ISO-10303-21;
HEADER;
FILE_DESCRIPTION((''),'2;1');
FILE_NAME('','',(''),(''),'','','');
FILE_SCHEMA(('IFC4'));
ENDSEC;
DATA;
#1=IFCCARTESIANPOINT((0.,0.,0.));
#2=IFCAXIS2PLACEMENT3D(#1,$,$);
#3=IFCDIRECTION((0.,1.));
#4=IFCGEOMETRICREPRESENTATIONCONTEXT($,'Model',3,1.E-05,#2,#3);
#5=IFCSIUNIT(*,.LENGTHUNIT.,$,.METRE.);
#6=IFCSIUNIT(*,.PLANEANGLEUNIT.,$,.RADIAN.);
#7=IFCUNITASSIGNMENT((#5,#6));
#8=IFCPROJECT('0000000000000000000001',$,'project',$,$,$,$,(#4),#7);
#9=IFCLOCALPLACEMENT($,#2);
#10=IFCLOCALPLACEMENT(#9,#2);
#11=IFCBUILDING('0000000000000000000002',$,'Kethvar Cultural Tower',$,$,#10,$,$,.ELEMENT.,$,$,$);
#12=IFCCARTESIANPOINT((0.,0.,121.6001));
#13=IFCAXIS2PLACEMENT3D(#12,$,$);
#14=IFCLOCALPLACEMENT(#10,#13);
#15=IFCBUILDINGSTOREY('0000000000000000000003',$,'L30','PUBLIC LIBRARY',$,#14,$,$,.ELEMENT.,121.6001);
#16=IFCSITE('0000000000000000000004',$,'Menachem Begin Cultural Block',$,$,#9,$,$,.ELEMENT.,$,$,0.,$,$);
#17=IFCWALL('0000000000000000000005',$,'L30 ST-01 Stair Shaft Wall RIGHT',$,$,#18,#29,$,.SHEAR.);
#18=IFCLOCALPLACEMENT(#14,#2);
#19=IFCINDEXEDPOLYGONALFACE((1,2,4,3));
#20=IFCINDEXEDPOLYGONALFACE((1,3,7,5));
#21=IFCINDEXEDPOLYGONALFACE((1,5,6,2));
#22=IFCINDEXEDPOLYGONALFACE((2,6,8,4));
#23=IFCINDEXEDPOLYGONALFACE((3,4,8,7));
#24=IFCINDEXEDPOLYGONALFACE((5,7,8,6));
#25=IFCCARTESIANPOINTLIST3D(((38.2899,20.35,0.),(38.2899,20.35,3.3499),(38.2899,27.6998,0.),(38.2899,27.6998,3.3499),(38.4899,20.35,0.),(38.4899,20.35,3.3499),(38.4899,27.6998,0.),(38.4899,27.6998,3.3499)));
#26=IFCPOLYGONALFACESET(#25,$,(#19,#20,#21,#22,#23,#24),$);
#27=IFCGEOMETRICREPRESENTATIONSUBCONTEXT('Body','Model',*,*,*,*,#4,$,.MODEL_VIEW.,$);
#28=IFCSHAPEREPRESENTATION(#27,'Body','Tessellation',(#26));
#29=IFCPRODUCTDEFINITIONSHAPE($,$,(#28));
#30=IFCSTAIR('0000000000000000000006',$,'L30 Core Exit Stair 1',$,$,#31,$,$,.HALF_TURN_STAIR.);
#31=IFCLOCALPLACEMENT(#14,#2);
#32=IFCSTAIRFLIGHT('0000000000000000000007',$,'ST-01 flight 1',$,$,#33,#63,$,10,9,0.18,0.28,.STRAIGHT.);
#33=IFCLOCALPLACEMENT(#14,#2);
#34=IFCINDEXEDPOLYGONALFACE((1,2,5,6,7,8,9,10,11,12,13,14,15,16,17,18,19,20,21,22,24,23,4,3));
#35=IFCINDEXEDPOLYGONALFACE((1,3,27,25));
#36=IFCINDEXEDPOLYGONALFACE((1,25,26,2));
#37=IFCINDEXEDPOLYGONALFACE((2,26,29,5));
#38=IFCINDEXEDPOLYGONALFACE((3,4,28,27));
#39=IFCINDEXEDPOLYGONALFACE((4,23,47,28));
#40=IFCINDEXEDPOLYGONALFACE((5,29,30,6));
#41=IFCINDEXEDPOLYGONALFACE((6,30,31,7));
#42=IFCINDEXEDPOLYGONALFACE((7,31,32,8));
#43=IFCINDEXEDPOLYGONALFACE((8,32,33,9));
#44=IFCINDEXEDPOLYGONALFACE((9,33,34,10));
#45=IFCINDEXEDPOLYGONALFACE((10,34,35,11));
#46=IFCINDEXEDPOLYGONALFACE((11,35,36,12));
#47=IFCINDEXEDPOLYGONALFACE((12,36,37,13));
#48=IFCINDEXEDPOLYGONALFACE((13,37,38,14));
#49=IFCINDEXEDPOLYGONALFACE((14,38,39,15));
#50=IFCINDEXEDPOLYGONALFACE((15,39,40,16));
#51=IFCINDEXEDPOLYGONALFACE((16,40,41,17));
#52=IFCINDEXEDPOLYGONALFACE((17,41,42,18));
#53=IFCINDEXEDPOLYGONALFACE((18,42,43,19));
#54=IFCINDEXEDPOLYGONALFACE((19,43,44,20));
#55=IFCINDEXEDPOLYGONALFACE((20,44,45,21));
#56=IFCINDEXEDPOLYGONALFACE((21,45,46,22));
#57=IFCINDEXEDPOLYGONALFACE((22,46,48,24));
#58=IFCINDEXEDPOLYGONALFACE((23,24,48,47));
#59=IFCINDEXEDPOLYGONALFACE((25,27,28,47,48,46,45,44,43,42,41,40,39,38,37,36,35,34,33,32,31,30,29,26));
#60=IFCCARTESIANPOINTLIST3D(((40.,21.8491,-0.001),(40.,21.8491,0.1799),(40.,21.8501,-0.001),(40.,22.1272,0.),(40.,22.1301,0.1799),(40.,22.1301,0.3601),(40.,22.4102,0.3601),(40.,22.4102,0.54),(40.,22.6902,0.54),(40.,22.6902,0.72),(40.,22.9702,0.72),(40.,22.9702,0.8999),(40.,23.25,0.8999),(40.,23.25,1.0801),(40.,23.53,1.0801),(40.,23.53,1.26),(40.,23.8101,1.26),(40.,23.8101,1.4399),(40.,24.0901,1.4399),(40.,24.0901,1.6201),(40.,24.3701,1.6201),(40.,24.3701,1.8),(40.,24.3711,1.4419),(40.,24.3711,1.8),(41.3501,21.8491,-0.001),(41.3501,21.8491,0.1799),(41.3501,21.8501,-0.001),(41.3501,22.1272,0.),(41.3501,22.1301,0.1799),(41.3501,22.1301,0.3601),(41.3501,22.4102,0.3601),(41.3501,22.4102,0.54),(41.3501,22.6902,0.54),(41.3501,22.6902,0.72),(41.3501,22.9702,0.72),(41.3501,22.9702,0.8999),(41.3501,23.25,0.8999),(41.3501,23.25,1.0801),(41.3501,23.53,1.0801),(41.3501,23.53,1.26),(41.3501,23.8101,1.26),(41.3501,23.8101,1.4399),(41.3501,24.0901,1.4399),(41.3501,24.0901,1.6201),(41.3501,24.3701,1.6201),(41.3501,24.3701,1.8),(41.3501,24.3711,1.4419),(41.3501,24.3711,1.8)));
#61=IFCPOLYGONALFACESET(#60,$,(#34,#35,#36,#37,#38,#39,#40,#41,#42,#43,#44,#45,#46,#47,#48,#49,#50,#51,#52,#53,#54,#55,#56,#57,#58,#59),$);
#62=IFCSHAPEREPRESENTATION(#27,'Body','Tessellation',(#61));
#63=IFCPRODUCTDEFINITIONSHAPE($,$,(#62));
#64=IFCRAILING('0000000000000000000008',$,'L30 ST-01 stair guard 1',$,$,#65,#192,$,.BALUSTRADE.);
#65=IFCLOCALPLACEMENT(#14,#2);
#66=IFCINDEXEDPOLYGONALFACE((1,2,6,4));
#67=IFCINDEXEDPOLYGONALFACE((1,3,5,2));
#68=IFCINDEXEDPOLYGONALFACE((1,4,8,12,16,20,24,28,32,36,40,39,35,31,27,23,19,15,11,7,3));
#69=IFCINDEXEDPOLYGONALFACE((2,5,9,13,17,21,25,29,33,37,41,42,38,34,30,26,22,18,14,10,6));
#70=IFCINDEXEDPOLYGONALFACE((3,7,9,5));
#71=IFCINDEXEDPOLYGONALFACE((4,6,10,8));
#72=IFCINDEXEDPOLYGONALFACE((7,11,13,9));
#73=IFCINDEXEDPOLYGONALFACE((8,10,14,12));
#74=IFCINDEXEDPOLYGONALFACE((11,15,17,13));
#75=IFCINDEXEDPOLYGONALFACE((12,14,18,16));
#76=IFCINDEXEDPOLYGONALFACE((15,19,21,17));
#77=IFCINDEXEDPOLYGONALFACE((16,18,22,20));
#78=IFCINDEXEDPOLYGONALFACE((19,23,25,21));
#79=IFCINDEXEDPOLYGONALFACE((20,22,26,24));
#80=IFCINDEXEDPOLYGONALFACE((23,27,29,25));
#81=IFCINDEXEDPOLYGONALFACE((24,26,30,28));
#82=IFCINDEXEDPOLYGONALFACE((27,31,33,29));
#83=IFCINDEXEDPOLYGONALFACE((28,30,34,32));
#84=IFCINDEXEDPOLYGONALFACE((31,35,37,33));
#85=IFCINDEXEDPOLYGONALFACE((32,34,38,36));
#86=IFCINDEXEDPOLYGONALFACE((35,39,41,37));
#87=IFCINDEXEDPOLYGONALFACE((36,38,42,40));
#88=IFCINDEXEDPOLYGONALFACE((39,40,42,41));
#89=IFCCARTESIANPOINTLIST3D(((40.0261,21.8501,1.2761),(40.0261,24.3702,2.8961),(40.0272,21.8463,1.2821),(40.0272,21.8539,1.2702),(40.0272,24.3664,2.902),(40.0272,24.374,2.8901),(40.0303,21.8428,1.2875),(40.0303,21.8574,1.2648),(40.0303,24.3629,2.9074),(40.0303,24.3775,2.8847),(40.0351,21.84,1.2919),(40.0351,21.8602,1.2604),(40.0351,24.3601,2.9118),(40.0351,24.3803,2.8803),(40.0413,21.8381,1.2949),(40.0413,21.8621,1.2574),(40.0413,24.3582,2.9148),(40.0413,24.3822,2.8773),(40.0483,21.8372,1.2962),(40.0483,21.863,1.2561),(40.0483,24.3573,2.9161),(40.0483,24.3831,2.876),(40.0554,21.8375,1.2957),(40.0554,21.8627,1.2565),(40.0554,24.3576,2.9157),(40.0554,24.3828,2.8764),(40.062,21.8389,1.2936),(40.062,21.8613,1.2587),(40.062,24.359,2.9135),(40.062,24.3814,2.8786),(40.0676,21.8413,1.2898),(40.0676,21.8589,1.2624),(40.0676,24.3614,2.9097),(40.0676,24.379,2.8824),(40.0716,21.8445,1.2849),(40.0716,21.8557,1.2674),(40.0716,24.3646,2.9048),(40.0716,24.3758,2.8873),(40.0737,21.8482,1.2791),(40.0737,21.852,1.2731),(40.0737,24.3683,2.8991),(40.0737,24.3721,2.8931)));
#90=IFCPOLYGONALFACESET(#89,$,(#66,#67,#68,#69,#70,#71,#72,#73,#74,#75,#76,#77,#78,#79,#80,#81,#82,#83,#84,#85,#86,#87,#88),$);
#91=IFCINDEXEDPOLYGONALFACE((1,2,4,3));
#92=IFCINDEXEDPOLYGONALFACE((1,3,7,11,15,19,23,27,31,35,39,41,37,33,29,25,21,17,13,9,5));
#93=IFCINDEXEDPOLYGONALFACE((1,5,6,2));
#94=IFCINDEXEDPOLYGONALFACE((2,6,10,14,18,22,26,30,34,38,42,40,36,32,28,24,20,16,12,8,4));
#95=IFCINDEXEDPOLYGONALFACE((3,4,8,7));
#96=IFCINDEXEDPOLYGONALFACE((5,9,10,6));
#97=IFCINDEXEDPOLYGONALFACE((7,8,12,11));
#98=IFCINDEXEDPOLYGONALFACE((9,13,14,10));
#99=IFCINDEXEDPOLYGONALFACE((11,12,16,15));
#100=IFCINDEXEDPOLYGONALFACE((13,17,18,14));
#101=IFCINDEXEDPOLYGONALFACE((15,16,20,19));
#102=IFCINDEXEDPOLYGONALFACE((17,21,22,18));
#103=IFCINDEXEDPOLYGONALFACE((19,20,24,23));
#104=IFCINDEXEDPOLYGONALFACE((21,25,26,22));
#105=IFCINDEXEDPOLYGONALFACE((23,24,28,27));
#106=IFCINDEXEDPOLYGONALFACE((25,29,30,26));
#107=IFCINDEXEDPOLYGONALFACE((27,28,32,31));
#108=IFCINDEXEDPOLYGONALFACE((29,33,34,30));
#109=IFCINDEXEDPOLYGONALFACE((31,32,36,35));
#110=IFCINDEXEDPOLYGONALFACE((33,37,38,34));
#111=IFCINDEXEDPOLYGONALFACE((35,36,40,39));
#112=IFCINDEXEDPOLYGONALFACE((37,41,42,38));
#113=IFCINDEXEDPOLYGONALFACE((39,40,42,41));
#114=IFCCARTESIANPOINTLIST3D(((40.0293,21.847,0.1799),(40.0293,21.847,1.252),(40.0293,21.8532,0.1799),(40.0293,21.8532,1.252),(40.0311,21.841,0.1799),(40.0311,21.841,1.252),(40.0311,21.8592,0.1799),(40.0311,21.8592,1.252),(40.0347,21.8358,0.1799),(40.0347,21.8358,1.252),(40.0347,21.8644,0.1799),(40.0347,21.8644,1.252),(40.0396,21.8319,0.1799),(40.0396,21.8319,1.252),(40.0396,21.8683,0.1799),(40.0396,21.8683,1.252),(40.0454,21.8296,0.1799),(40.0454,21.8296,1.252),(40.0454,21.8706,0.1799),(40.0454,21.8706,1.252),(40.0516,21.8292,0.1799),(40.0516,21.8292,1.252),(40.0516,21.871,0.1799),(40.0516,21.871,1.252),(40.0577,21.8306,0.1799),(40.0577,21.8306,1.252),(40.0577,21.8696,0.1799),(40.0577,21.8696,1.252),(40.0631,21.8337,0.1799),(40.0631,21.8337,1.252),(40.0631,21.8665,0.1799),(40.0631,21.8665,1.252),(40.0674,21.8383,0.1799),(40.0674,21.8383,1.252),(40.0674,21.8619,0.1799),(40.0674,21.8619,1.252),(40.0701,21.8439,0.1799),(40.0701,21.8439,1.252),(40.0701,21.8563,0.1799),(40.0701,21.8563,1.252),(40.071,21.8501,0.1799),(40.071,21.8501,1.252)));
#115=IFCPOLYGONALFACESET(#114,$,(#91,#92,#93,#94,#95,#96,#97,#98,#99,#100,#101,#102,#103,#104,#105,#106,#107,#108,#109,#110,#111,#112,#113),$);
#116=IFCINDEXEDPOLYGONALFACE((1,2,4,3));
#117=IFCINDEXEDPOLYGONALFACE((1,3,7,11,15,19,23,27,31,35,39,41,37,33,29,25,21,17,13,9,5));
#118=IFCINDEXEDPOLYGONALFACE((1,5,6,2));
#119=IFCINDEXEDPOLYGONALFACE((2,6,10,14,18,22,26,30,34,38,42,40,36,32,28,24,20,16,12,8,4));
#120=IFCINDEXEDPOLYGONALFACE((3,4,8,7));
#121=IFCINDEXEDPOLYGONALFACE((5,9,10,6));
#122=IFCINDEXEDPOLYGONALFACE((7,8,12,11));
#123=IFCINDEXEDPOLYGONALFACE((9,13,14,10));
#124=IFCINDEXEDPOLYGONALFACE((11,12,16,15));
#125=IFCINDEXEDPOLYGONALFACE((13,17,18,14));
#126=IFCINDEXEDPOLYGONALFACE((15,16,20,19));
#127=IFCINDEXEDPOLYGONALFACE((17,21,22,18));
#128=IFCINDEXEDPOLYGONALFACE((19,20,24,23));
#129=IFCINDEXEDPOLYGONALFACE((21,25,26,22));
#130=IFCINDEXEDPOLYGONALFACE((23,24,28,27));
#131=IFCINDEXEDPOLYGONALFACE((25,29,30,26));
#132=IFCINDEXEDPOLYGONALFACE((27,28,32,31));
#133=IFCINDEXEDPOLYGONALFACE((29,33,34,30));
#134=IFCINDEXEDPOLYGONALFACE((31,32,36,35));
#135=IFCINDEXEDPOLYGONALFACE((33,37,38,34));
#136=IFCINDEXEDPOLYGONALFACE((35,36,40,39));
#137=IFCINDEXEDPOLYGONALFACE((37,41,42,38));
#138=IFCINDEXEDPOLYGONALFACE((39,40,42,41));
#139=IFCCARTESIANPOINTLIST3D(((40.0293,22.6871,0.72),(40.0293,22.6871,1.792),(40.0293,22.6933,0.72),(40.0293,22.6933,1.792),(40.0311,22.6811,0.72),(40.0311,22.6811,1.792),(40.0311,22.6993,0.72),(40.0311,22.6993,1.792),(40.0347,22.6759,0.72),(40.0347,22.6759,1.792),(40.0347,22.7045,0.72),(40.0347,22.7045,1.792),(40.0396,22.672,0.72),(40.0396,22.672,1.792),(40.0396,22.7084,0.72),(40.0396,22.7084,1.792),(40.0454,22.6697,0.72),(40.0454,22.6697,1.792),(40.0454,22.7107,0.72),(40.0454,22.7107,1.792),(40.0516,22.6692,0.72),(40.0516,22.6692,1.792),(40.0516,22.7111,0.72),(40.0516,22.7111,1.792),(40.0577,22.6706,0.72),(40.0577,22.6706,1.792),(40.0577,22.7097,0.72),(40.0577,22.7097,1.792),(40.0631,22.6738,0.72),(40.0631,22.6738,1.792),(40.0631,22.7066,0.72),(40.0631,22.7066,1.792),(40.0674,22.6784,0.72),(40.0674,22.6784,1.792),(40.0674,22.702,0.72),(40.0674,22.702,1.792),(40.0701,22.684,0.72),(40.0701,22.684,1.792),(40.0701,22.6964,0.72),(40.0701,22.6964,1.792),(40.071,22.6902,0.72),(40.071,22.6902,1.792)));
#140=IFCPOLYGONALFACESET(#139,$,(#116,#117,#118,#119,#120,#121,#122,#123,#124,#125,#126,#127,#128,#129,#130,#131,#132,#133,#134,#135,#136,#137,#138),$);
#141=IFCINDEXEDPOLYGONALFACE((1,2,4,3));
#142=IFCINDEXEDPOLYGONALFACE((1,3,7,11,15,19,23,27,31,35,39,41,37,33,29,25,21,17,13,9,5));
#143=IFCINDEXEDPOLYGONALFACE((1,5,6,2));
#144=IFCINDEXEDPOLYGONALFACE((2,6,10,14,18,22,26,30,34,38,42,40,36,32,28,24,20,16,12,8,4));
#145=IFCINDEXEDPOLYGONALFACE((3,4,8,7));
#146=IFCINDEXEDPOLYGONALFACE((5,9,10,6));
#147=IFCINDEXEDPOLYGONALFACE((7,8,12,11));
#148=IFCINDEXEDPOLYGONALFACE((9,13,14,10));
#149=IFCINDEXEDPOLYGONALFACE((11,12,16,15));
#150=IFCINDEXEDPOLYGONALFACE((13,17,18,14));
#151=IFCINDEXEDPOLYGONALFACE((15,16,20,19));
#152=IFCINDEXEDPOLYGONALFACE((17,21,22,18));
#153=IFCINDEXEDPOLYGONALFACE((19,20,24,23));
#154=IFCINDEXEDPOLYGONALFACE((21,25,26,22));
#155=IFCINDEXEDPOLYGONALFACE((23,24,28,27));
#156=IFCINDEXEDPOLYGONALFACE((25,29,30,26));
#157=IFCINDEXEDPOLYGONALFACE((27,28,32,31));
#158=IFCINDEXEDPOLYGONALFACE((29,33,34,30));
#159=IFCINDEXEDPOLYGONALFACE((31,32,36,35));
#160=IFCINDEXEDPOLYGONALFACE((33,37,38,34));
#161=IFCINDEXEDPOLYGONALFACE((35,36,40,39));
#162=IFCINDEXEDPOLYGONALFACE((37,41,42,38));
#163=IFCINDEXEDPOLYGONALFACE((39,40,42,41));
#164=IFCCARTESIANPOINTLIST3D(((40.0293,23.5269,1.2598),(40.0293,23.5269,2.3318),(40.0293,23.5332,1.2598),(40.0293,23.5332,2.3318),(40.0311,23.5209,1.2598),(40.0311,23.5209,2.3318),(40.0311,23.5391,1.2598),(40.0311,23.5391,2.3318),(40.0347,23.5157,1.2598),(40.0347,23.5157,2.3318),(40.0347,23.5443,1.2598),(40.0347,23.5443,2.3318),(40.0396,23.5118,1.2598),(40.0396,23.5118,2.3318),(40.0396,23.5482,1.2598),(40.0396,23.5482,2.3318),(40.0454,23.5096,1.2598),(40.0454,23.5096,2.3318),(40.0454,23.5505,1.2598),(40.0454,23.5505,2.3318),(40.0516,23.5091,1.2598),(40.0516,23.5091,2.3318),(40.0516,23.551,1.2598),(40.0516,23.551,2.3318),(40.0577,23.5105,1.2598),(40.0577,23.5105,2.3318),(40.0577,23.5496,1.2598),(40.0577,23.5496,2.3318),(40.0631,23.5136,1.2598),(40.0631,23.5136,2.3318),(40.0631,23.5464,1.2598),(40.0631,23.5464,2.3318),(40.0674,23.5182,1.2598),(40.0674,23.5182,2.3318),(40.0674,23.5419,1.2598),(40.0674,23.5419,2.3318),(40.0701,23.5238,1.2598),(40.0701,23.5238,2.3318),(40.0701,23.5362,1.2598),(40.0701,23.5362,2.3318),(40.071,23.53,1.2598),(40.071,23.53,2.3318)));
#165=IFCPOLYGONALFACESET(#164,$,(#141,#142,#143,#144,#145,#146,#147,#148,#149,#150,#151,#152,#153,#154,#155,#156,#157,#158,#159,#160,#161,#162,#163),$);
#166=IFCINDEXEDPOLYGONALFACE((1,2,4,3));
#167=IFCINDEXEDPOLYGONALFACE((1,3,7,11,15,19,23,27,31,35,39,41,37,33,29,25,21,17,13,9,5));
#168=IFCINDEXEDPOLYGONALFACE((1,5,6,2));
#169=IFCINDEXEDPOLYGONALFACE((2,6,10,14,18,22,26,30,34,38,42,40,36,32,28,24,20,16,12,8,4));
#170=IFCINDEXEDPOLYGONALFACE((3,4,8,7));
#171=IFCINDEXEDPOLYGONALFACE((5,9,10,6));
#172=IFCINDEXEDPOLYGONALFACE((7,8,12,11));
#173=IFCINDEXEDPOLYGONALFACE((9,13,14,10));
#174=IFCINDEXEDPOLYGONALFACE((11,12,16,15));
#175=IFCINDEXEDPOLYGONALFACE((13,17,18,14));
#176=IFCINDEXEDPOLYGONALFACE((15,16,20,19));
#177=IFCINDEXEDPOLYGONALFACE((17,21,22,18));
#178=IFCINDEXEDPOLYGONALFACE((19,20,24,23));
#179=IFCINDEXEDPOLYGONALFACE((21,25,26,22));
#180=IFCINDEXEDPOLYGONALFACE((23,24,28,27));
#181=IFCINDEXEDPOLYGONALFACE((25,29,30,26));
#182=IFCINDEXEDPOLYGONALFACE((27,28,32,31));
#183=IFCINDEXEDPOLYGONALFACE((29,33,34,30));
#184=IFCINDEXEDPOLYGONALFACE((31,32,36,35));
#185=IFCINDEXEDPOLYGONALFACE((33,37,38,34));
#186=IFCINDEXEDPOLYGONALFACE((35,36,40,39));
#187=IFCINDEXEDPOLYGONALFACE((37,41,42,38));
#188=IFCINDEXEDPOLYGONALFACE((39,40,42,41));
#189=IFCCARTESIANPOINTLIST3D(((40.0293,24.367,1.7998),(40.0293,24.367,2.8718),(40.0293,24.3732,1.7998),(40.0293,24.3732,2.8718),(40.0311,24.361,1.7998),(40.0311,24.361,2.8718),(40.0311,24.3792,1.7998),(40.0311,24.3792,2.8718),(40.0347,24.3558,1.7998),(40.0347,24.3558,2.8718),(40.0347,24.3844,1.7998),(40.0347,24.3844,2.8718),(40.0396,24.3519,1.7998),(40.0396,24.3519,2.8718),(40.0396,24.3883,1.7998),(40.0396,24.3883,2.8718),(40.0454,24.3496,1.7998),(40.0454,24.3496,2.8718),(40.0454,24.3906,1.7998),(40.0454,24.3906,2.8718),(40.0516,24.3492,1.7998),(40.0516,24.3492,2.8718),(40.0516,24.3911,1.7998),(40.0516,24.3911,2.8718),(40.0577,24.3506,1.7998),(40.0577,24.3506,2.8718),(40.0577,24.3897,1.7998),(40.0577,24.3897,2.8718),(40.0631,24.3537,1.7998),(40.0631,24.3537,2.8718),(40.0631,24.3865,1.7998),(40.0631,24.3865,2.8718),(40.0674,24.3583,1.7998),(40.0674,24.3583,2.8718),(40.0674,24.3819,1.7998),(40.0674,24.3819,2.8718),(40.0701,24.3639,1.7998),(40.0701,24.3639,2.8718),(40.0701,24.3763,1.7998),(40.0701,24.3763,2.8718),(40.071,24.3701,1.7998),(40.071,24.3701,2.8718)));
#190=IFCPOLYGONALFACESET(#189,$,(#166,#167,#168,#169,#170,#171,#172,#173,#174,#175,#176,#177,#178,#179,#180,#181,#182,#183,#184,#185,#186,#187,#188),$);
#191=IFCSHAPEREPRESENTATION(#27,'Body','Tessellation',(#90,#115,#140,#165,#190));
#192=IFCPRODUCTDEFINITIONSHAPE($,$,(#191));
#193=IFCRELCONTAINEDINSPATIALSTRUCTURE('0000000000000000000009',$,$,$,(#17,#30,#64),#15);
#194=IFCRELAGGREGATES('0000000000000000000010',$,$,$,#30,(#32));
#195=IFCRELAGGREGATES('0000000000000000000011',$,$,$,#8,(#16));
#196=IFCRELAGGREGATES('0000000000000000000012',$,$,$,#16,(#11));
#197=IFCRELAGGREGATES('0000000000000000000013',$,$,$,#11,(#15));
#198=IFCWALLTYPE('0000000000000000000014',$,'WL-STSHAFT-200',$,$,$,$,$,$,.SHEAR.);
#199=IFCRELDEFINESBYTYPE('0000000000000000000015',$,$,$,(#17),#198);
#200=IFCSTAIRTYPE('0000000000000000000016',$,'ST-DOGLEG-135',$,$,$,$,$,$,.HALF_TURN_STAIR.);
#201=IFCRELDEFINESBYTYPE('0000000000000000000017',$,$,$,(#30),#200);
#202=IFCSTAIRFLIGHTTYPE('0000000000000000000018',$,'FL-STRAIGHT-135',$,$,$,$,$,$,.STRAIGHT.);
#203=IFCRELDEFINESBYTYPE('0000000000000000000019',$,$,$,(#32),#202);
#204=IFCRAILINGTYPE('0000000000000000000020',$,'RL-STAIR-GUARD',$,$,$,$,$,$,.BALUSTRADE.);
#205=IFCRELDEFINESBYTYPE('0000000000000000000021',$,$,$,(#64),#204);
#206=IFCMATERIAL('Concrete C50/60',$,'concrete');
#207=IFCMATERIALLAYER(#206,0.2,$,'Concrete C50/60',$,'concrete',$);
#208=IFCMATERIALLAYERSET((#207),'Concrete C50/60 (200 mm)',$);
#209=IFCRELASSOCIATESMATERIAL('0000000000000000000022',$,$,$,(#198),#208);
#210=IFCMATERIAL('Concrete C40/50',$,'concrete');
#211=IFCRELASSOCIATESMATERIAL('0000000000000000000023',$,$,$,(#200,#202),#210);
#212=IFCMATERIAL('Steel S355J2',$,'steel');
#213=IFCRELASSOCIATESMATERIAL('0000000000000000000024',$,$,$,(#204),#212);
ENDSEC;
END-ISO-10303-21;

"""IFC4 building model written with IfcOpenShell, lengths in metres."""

from ifc_helpers import new_model, si_unit, direction, frame, frame_2d, origin, origin_2d, place, context, subcontext, project, spatial, polyline, rectangle, circle, outline, extrude, material, layer, layer_set, type_object, element, aggregate, save


model = new_model("IFC4")

# Units and contexts
model_context = context("Model", 3, precision=1e-05, world=origin(), true_north=direction((0.0, 1.0)))
body_context = subcontext(model_context, "Body", "Model", "MODEL_VIEW")
ifc_project = project(units=[si_unit("LENGTHUNIT", "METRE"), si_unit("PLANEANGLEUNIT", "RADIAN")], contexts=[model_context])

# Site, building, storey
site_placement = place(None, origin())
site = spatial("IfcSite", under=ifc_project, at=site_placement, Name="Menachem Begin Cultural Block", CompositionType="ELEMENT", RefElevation=0.0)
building_placement = place(site_placement, origin())
building = spatial("IfcBuilding", under=site, at=building_placement, Name="Kethvar Cultural Tower", CompositionType="ELEMENT")
storey_placement = place(building_placement, frame((0.0, 0.0, 121.6001)))
storey = spatial("IfcBuildingStorey", under=building, at=storey_placement, Name="L30", Description="PUBLIC LIBRARY", CompositionType="ELEMENT", Elevation=121.6001)

# Shared definitions
ifc_material_1 = material(Name="Steel S355J2", Category="steel")

# Shared definitions
ifc_material_2 = material(Name="Concrete C40/50", Category="concrete")

# Shared definitions
ifc_material_3 = material(Name="Concrete C50/60", Category="concrete")

# Wall
ifc_layer_1 = layer(ifc_material_3, 0.2, Name="Concrete C50/60", Category="concrete")
ifc_layer_set_1 = layer_set([ifc_layer_1], Name="Concrete C50/60 (200 mm)")
wall_type_1 = type_object("IfcWallType", Name="WL-STSHAFT-200", PredefinedType="SHEAR", material=ifc_layer_set_1)
wall_1_placement = place(storey_placement, frame((38.3899, 20.3501, 0.0), z_axis=(0.0, 0.0, 1.0), x_axis=(0.0, 1.0, 0.0)))
element("IfcWall", 1, at=wall_1_placement, inside=storey, type_object=wall_type_1, Name="L30 ST-01 Stair Shaft Wall RIGHT", PredefinedType="SHEAR", context=body_context, shape_type="SweptSolid", body=[
    extrude(rectangle(XDim=7.3499, YDim=0.2, at=frame_2d((3.6748, 0.0))), origin(), (0.0, 0.0, 1.0), 3.3499),
])

# Stair, stair flight
stair_type = type_object("IfcStairType", Name="ST-DOGLEG-135", PredefinedType="HALF_TURN_STAIR", material=ifc_material_2)
stair_placement = place(storey_placement, origin())
stair = element("IfcStair", 2, at=stair_placement, inside=storey, type_object=stair_type, Name="L30 Core Exit Stair 1", PredefinedType="HALF_TURN_STAIR")
stair_flight_type = type_object("IfcStairFlightType", Name="FL-STRAIGHT-135", PredefinedType="STRAIGHT", material=ifc_material_2)
stair_flight_placement = place(storey_placement, frame((40.675, 21.8501, 0.0), z_axis=(0.0, 0.0, 1.0), x_axis=(0.0, 1.0, 0.0)))
stair_flight = element("IfcStairFlight", 3, at=stair_flight_placement, type_object=stair_flight_type, Name="ST-01 flight 1", NumberOfRisers=10, NumberOfTreads=9, PredefinedType="STRAIGHT", RiserHeight=0.18, TreadLength=0.28, context=body_context, shape_type="SweptSolid", body=[
    extrude(outline(polyline([(-0.001, -0.001), (-0.001, 0.1799), (0.28, 0.1799), (0.28, 0.3601), (0.5601, 0.3601), (0.5601, 0.54), (0.8401, 0.54), (0.8401, 0.72), (1.1201, 0.72), (1.1201, 0.8999), (1.3999, 0.8999), (1.3999, 1.0801), (1.6799, 1.0801), (1.6799, 1.26), (1.96, 1.26), (1.96, 1.4399), (2.24, 1.4399), (2.24, 1.6201), (2.52, 1.6201), (2.52, 1.8), (2.521, 1.8), (2.521, 1.4419), (0.2771, 0.0), (0.0, -0.001), (-0.001, -0.001)])), frame((0.0, 0.675, 0.0), z_axis=(0.0, -1.0, 0.0), x_axis=(1.0, 0.0, 0.0)), (0.0, 0.0, 1.0), 1.3501),
])
aggregate(stair, [stair_flight])

# Railing
railing_type_1 = type_object("IfcRailingType", Name="RL-STAIR-GUARD", PredefinedType="BALUSTRADE", material=ifc_material_1)
railing_1_placement = place(storey_placement, frame((40.05, 21.8501, 0.1799)))
element("IfcRailing", 4, at=railing_1_placement, inside=storey, type_object=railing_type_1, Name="L30 ST-01 stair guard 1", PredefinedType="BALUSTRADE", context=body_context, shape_type="SweptSolid", body=[
    extrude(circle(Radius=0.0239, at=origin_2d()), frame((0.0, 0.0, 1.0962), z_axis=(0.0, 0.8412, 0.540725), x_axis=(-1.0, 0.0, 0.0)), (0.0, 0.0, 1.0), 2.9958),
    extrude(circle(Radius=0.021, at=origin_2d()), origin(), (0.0, 0.0, 1.0), 1.072),
    extrude(circle(Radius=0.021, at=origin_2d()), frame((0.0, 0.8401, 0.54)), (0.0, 0.0, 1.0), 1.072),
    extrude(circle(Radius=0.021, at=origin_2d()), frame((0.0, 1.6799, 1.0798)), (0.0, 0.0, 1.0), 1.072),
    extrude(circle(Radius=0.021, at=origin_2d()), frame((0.0, 2.52, 1.6199)), (0.0, 0.0, 1.0), 1.072),
])

save(model, "model.ifc")
